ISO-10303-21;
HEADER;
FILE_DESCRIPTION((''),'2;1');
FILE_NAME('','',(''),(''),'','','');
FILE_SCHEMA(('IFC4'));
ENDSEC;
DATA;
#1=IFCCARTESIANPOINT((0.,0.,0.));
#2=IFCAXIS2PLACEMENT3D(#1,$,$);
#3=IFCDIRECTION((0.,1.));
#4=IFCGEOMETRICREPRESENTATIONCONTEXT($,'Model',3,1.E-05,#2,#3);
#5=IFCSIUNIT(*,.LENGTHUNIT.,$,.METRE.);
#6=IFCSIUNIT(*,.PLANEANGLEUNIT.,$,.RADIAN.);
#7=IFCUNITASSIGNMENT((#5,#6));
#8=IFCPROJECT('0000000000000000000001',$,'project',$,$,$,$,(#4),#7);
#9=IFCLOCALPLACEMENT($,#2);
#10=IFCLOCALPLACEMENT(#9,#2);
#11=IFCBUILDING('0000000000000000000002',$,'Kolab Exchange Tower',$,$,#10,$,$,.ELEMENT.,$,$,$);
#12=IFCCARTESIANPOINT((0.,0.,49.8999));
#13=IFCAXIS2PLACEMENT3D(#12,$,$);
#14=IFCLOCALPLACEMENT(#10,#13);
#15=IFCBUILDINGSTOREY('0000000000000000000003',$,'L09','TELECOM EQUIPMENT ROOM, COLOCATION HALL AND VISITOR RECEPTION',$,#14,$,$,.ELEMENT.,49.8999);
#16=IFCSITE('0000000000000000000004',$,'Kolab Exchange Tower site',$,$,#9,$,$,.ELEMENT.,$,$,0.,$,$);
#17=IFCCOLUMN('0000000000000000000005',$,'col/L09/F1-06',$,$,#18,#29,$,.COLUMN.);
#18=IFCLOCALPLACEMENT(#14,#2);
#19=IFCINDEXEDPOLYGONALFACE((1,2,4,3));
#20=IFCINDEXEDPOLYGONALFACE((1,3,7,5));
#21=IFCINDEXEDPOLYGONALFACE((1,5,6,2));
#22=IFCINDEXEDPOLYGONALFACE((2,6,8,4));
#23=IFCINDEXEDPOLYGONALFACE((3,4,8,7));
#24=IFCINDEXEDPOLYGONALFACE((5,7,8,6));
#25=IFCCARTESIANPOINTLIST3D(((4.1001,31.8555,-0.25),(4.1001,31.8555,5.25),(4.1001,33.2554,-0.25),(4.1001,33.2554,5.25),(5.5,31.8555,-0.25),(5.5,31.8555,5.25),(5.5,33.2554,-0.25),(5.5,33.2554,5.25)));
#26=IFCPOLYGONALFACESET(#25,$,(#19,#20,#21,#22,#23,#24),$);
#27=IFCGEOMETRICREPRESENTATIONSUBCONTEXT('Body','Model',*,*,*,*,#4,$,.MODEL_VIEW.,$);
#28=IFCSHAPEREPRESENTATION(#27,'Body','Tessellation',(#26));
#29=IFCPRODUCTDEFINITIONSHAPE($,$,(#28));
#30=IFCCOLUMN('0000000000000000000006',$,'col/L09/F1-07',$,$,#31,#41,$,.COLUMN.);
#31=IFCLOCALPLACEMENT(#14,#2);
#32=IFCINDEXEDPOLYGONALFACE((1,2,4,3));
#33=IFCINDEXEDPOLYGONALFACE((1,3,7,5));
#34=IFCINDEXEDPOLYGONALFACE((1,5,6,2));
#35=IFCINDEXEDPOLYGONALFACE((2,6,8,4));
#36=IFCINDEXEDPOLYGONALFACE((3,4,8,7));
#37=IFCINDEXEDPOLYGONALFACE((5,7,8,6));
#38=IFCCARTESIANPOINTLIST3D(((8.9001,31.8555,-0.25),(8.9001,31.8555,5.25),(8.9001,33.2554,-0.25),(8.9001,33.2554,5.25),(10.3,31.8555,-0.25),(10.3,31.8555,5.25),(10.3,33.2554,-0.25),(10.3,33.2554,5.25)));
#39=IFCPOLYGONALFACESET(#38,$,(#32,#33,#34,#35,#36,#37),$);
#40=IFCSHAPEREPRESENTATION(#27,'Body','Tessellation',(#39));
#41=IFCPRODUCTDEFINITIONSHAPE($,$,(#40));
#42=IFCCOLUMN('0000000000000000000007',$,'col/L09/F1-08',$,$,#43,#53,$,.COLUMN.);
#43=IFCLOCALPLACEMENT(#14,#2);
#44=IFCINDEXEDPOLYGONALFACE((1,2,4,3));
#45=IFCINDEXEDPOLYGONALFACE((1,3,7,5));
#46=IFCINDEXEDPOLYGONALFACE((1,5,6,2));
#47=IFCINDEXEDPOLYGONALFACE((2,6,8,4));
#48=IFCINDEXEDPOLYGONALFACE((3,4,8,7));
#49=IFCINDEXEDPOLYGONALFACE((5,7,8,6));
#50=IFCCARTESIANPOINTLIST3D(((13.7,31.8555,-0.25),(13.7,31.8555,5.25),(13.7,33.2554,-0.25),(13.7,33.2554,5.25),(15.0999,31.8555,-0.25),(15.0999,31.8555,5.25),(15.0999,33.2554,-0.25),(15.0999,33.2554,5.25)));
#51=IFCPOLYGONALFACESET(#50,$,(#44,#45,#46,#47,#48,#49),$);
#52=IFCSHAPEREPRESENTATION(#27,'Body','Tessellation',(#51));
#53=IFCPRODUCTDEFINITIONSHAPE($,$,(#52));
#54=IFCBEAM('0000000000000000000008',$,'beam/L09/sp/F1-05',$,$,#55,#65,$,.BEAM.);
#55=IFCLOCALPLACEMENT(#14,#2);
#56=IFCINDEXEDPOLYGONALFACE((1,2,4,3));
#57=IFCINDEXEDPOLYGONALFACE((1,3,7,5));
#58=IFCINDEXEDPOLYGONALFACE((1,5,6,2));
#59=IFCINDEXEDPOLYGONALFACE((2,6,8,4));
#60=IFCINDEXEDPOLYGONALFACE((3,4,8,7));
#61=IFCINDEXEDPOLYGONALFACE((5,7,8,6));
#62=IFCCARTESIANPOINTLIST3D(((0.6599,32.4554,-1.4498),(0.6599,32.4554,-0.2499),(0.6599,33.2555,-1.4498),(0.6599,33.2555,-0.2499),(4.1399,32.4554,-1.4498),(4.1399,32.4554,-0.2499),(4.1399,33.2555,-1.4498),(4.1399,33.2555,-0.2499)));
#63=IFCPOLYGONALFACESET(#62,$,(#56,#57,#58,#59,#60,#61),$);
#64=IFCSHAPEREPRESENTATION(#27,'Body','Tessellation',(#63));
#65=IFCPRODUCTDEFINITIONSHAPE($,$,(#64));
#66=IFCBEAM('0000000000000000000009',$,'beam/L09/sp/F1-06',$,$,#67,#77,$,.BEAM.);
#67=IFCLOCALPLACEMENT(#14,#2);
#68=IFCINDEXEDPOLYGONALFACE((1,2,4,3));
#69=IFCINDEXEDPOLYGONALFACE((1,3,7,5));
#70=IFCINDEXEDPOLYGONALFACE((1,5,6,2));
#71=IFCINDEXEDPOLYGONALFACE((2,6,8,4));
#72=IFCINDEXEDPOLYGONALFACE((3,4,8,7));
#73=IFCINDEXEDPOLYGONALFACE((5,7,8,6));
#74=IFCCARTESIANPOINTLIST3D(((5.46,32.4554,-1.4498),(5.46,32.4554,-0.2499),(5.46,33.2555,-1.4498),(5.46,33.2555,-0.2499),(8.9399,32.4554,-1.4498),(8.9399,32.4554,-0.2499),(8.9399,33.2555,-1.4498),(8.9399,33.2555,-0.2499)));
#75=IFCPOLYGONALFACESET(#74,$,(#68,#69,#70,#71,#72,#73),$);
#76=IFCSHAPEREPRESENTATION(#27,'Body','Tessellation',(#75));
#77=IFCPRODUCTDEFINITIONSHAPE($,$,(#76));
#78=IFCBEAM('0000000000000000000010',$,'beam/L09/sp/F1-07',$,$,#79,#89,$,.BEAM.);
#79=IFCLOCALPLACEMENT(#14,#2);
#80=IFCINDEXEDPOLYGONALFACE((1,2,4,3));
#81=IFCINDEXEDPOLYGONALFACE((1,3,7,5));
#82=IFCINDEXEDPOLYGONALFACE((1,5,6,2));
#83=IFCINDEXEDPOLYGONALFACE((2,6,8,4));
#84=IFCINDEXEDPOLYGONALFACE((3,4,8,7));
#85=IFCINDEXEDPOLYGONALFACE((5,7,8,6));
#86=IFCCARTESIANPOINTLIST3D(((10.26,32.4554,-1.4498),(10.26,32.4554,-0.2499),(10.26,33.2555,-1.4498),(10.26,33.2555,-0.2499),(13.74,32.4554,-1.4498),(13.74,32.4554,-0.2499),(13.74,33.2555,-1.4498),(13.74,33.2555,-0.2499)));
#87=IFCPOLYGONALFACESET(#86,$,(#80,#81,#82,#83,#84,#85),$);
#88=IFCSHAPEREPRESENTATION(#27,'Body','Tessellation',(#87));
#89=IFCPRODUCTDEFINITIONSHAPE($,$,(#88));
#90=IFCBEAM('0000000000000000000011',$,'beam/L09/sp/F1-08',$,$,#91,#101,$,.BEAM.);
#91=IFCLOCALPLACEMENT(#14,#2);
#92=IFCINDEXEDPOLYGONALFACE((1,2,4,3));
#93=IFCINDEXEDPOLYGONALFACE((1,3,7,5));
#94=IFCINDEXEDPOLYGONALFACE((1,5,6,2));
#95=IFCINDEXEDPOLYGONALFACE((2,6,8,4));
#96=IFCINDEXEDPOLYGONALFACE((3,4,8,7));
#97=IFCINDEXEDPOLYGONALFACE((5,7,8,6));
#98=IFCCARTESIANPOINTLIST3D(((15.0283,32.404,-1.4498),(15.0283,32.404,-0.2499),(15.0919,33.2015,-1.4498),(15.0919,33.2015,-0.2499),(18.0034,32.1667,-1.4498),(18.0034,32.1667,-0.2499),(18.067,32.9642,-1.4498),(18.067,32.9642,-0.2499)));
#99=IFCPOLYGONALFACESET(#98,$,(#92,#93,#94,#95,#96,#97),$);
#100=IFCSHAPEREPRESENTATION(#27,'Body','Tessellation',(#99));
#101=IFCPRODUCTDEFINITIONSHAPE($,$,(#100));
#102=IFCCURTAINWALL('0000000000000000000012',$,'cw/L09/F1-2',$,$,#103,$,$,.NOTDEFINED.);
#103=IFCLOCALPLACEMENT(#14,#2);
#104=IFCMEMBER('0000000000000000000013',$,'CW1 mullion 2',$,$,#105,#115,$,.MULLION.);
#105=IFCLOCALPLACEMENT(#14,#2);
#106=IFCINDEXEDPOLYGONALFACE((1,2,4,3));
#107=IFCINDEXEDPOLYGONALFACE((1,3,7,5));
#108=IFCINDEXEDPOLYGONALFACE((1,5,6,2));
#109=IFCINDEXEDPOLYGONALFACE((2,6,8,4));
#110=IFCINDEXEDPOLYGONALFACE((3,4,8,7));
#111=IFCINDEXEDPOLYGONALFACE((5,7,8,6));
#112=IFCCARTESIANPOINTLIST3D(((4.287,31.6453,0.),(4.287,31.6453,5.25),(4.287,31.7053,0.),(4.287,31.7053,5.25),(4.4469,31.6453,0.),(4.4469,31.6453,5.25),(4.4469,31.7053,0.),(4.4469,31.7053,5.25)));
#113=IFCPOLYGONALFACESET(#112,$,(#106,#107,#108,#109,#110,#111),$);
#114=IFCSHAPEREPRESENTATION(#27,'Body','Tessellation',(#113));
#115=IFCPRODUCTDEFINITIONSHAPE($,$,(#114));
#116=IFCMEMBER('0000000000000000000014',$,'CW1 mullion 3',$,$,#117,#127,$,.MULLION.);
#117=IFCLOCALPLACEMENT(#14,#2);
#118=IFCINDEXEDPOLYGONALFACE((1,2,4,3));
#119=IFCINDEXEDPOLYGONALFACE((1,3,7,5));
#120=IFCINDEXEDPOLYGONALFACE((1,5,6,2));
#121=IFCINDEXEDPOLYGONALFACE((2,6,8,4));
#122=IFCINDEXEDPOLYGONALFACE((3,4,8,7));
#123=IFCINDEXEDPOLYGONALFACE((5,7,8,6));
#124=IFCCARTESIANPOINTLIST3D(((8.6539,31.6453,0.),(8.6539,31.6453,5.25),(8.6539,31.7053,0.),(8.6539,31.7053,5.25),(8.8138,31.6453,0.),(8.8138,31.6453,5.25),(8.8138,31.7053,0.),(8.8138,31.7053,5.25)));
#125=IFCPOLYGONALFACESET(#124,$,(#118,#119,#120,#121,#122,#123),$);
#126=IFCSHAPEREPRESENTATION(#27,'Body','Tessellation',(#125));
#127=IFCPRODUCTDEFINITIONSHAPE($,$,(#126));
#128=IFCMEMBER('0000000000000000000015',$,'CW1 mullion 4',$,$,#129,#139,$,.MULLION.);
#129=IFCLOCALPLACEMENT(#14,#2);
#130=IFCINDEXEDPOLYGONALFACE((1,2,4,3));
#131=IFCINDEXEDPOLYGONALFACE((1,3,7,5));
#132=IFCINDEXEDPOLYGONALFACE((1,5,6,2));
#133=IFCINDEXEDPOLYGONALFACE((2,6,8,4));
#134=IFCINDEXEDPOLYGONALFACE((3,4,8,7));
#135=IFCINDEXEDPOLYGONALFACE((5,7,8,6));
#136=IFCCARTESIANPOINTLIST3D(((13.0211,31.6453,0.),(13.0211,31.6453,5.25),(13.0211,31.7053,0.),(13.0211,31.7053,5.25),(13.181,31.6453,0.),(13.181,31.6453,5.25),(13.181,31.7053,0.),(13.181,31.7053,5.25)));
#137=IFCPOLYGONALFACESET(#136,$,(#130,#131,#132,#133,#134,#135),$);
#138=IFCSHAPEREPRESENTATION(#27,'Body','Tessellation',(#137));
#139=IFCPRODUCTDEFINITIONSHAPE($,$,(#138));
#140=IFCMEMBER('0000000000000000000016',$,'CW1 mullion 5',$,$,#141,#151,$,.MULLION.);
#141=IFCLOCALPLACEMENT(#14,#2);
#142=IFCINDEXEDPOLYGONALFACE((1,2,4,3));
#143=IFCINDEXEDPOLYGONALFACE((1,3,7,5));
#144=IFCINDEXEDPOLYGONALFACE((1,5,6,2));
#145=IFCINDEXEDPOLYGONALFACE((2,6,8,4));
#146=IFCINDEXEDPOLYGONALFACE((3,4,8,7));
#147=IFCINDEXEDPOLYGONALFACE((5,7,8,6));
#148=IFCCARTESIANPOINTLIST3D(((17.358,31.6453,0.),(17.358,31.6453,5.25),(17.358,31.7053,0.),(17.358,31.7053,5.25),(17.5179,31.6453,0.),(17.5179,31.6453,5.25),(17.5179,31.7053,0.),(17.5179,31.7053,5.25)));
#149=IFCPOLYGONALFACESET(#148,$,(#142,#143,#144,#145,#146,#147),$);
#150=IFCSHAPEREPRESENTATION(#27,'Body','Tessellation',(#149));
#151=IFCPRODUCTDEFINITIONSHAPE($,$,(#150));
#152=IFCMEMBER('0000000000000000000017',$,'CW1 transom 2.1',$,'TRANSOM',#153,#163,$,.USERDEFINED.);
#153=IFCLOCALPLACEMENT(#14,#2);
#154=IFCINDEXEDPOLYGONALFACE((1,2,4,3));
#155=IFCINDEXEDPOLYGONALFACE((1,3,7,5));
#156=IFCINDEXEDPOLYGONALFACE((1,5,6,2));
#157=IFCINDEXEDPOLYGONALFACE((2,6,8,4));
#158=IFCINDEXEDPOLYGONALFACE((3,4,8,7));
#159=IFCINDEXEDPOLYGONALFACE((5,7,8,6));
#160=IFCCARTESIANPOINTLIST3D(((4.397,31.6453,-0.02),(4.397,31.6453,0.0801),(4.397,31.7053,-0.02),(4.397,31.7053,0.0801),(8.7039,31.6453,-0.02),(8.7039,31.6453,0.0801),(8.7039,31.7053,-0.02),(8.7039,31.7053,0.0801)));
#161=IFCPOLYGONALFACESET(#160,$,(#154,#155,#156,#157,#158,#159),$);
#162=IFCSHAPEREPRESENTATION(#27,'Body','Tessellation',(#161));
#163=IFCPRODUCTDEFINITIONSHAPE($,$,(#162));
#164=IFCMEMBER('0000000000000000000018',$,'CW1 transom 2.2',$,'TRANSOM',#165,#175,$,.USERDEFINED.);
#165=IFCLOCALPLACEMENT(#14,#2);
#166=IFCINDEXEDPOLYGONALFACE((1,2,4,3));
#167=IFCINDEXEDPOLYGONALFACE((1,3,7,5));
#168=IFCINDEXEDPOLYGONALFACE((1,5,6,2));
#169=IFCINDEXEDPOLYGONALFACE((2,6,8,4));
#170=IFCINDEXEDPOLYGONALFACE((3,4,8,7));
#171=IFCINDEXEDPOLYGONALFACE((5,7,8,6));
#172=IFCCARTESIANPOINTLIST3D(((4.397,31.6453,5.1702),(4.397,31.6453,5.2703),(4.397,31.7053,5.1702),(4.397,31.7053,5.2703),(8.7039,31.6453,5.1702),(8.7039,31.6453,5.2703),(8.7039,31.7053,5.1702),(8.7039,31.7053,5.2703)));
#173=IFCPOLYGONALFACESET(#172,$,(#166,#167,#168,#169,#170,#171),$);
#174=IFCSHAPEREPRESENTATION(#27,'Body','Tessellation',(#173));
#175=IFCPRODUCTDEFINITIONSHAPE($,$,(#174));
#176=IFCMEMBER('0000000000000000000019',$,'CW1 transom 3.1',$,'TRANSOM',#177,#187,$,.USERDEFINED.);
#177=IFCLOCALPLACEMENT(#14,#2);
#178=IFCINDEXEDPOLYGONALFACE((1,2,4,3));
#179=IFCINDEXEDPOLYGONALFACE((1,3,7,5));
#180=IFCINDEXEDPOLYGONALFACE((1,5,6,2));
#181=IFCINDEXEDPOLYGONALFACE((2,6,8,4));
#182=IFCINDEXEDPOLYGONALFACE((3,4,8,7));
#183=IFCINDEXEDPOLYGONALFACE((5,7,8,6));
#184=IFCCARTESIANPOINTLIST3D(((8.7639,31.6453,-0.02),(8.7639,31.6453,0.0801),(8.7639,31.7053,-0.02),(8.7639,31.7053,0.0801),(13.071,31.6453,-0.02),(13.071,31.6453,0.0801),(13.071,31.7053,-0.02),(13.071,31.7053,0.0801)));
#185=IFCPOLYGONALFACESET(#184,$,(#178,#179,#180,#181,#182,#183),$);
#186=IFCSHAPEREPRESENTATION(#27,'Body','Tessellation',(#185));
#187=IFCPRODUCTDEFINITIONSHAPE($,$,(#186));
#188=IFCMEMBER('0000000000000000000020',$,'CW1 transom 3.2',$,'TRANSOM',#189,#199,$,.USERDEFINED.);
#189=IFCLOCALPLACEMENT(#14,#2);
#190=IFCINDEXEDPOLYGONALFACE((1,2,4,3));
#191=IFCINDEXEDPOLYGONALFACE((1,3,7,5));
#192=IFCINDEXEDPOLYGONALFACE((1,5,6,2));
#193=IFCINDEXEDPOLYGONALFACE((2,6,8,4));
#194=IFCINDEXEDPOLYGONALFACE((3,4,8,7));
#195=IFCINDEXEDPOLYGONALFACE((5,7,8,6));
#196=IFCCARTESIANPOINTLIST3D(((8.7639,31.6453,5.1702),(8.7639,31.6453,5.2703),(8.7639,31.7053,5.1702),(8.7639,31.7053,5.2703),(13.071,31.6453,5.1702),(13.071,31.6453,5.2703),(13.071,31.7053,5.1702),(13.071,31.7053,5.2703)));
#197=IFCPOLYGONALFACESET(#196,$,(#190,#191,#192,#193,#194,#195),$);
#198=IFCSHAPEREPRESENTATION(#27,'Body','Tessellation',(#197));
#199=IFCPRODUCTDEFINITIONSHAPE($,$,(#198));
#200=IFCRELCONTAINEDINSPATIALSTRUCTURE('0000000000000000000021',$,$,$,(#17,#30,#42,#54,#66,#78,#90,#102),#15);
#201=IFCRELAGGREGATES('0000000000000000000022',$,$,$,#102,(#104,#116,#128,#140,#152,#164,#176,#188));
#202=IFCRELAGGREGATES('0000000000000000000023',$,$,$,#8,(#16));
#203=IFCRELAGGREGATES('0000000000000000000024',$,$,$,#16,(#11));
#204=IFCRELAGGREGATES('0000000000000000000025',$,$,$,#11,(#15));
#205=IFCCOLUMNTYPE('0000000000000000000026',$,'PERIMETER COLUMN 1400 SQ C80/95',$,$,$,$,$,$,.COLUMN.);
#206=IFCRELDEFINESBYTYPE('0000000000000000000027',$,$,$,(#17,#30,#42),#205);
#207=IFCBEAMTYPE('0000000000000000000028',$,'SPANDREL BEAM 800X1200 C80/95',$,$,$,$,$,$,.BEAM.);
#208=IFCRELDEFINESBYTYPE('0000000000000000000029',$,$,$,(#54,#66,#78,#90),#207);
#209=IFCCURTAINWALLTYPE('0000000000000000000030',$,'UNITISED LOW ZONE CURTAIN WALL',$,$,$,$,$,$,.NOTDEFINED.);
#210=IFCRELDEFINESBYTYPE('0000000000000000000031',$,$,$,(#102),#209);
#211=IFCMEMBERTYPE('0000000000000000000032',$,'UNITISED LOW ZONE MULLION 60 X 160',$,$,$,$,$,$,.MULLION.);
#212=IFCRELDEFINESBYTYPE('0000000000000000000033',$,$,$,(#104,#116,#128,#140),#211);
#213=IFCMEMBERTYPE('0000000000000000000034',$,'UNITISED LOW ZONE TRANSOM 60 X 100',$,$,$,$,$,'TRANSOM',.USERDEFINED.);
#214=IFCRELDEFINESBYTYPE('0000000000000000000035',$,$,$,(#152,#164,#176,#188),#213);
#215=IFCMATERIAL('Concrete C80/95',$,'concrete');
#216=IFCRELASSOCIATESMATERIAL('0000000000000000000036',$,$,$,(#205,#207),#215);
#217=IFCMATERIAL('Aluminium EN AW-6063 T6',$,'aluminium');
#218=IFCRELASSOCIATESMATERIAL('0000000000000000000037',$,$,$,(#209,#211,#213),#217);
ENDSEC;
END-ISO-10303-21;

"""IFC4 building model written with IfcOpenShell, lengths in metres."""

from ifc_helpers import new_model, si_unit, direction, frame, origin, origin_2d, place, context, subcontext, project, spatial, rectangle, extrude, material, material_profile, profile_set, type_object, element, aggregate, save


model = new_model("IFC4")

# Units and contexts
model_context = context("Model", 3, precision=1e-05, world=origin(), true_north=direction((0.0, 1.0)))
body_context = subcontext(model_context, "Body", "Model", "MODEL_VIEW")
ifc_project = project(units=[si_unit("LENGTHUNIT", "METRE"), si_unit("PLANEANGLEUNIT", "RADIAN")], contexts=[model_context])

# Site, building, storey
site_placement = place(None, origin())
site = spatial("IfcSite", under=ifc_project, at=site_placement, Name="Kolab Exchange Tower site", CompositionType="ELEMENT", RefElevation=0.0)
building_placement = place(site_placement, origin())
building = spatial("IfcBuilding", under=site, at=building_placement, Name="Kolab Exchange Tower", CompositionType="ELEMENT")
storey_placement = place(building_placement, frame((0.0, 0.0, 49.8999)))
storey = spatial("IfcBuildingStorey", under=building, at=storey_placement, Name="L09", Description="TELECOM EQUIPMENT ROOM, COLOCATION HALL AND VISITOR RECEPTION", CompositionType="ELEMENT", Elevation=49.8999)

# Columns
ifc_material_1 = material(Name="Concrete C80/95", Category="concrete")
ifc_material_profile_1 = material_profile(ifc_material_1, rectangle(XDim=1.3999, YDim=1.3999, at=origin_2d()), Name="RC1400")
ifc_profile_set_1 = profile_set([ifc_material_profile_1], Name="Concrete C80/95")
column_type = type_object("IfcColumnType", Name="PERIMETER COLUMN 1400 SQ C80/95", PredefinedType="COLUMN", material=ifc_profile_set_1)
for number, where, z_axis, x_axis, name in (
    (1, (4.8, 32.5554, -0.25), (0.0, 0.0, 1.0), (1.0, 0.0, 0.0), "col/L09/F1-06"),
    (2, (9.6001, 32.5554, -0.25), (0.0, 0.0, 1.0), (1.0, 0.0, 0.0), "col/L09/F1-07"),
    (3, (14.3999, 32.5554, -0.25), (0.0, 0.0, 1.0), (1.0, 0.0, 0.0), "col/L09/F1-08"),
):
    element("IfcColumn", number, at=place(storey_placement, frame(where, z_axis=z_axis, x_axis=x_axis)), inside=storey, type_object=column_type, Name=name, PredefinedType="COLUMN", context=body_context, shape_type="SweptSolid", body=[
        extrude(rectangle(XDim=1.3999, YDim=1.3999, at=origin_2d()), origin(), (0.0, 0.0, 1.0), 5.5),
    ])

# Beams
ifc_material_profile_2 = material_profile(ifc_material_1, rectangle(XDim=0.8, YDim=1.2, at=origin_2d()), Name="RC800X1200")
ifc_profile_set_2 = profile_set([ifc_material_profile_2], Name="Concrete C80/95")
beam_type = type_object("IfcBeamType", Name="SPANDREL BEAM 800X1200 C80/95", PredefinedType="BEAM", material=ifc_profile_set_2)
for number, where, z_axis, x_axis, name in (
    (4, (0.6599, 32.8555, -0.8499), (1.0, 0.0, 0.0), (0.0, 1.0, 0.0), "beam/L09/sp/F1-05"),
    (5, (5.46, 32.8555, -0.8499), (1.0, 0.0, 0.0), (0.0, 1.0, 0.0), "beam/L09/sp/F1-06"),
    (6, (10.26, 32.8555, -0.8499), (1.0, 0.0, 0.0), (0.0, 1.0, 0.0), "beam/L09/sp/F1-07"),
):
    element("IfcBeam", number, at=place(storey_placement, frame(where, z_axis=z_axis, x_axis=x_axis)), inside=storey, type_object=beam_type, Name=name, PredefinedType="BEAM", context=body_context, shape_type="SweptSolid", body=[
        extrude(rectangle(XDim=0.8, YDim=1.2, at=origin_2d()), origin(), (0.0, 0.0, 1.0), 3.48),
    ])
beam_placement = place(storey_placement, frame((15.0601, 32.8027, -0.8499), z_axis=(0.996834, -0.079511, 0.0), x_axis=(0.079511, 0.996834, 0.0)))
element("IfcBeam", 7, at=beam_placement, inside=storey, type_object=beam_type, Name="beam/L09/sp/F1-08", PredefinedType="BEAM", context=body_context, shape_type="SweptSolid", body=[
    extrude(rectangle(XDim=0.8, YDim=1.2, at=origin_2d()), origin(), (0.0, 0.0, 1.0), 2.9846),
])

# Curtain wall, members
ifc_material_2 = material(Name="Aluminium EN AW-6063 T6", Category="aluminium")
curtain_wall_type = type_object("IfcCurtainWallType", Name="UNITISED LOW ZONE CURTAIN WALL", PredefinedType="NOTDEFINED", material=ifc_material_2)
curtain_wall_placement = place(storey_placement, origin())
curtain_wall = element("IfcCurtainWall", 8, at=curtain_wall_placement, inside=storey, type_object=curtain_wall_type, Name="cw/L09/F1-2", PredefinedType="NOTDEFINED")
ifc_material_profile_3 = material_profile(ifc_material_2, rectangle(XDim=0.0601, YDim=0.1599, at=origin_2d()), Name="RECT 60X160")
ifc_profile_set_3 = profile_set([ifc_material_profile_3], Name="Aluminium EN AW-6063 T6")
member_type_1 = type_object("IfcMemberType", Name="UNITISED LOW ZONE MULLION 60 X 160", PredefinedType="MULLION", material=ifc_profile_set_3)
member_1_placement = place(storey_placement, frame((4.3669, 31.6753, 0.0), z_axis=(0.0, 0.0, 1.0), x_axis=(0.0, 1.0, 0.0)))
member_1 = element("IfcMember", 9, at=member_1_placement, type_object=member_type_1, Name="CW1 mullion 2", PredefinedType="MULLION", context=body_context, shape_type="SweptSolid", body=[
    extrude(rectangle(XDim=0.0601, YDim=0.1599, at=origin_2d()), origin(), (0.0, 0.0, 1.0), 5.25),
])
member_2_placement = place(storey_placement, frame((8.7339, 31.6753, 0.0), z_axis=(0.0, 0.0, 1.0), x_axis=(0.0, 1.0, 0.0)))
member_2 = element("IfcMember", 10, at=member_2_placement, type_object=member_type_1, Name="CW1 mullion 3", PredefinedType="MULLION", context=body_context, shape_type="SweptSolid", body=[
    extrude(rectangle(XDim=0.0601, YDim=0.1599, at=origin_2d()), origin(), (0.0, 0.0, 1.0), 5.25),
])
member_3_placement = place(storey_placement, frame((13.1011, 31.6753, 0.0), z_axis=(0.0, 0.0, 1.0), x_axis=(0.0, 1.0, 0.0)))
member_3 = element("IfcMember", 11, at=member_3_placement, type_object=member_type_1, Name="CW1 mullion 4", PredefinedType="MULLION", context=body_context, shape_type="SweptSolid", body=[
    extrude(rectangle(XDim=0.0601, YDim=0.1599, at=origin_2d()), origin(), (0.0, 0.0, 1.0), 5.25),
])
member_4_placement = place(storey_placement, frame((17.438, 31.6753, 0.0), z_axis=(0.0, 0.0, 1.0), x_axis=(0.0, 1.0, 0.0)))
member_4 = element("IfcMember", 12, at=member_4_placement, type_object=member_type_1, Name="CW1 mullion 5", PredefinedType="MULLION", context=body_context, shape_type="SweptSolid", body=[
    extrude(rectangle(XDim=0.0601, YDim=0.1599, at=origin_2d()), origin(), (0.0, 0.0, 1.0), 5.25),
])
ifc_material_profile_4 = material_profile(ifc_material_2, rectangle(XDim=0.0601, YDim=0.1001, at=origin_2d()), Name="RECT 60X100")
ifc_profile_set_4 = profile_set([ifc_material_profile_4], Name="Aluminium EN AW-6063 T6")
member_type_2 = type_object("IfcMemberType", Name="UNITISED LOW ZONE TRANSOM 60 X 100", ElementType="TRANSOM", PredefinedType="USERDEFINED", material=ifc_profile_set_4)
member_5_placement = place(storey_placement, frame((4.397, 31.6753, 0.03), z_axis=(1.0, 0.0, 0.0), x_axis=(0.0, 1.0, 0.0)))
member_5 = element("IfcMember", 13, at=member_5_placement, type_object=member_type_2, Name="CW1 transom 2.1", ObjectType="TRANSOM", PredefinedType="USERDEFINED", context=body_context, shape_type="SweptSolid", body=[
    extrude(rectangle(XDim=0.0601, YDim=0.1001, at=origin_2d()), origin(), (0.0, 0.0, 1.0), 4.3069),
])
member_6_placement = place(storey_placement, frame((4.397, 31.6753, 5.2202), z_axis=(1.0, 0.0, 0.0), x_axis=(0.0, 1.0, 0.0)))
member_6 = element("IfcMember", 14, at=member_6_placement, type_object=member_type_2, Name="CW1 transom 2.2", ObjectType="TRANSOM", PredefinedType="USERDEFINED", context=body_context, shape_type="SweptSolid", body=[
    extrude(rectangle(XDim=0.0601, YDim=0.1001, at=origin_2d()), origin(), (0.0, 0.0, 1.0), 4.3069),
])
member_7_placement = place(storey_placement, frame((8.7639, 31.6753, 0.03), z_axis=(1.0, 0.0, 0.0), x_axis=(0.0, 1.0, 0.0)))
member_7 = element("IfcMember", 15, at=member_7_placement, type_object=member_type_2, Name="CW1 transom 3.1", ObjectType="TRANSOM", PredefinedType="USERDEFINED", context=body_context, shape_type="SweptSolid", body=[
    extrude(rectangle(XDim=0.0601, YDim=0.1001, at=origin_2d()), origin(), (0.0, 0.0, 1.0), 4.3071),
])
member_8_placement = place(storey_placement, frame((8.7639, 31.6753, 5.2202), z_axis=(1.0, 0.0, 0.0), x_axis=(0.0, 1.0, 0.0)))
member_8 = element("IfcMember", 16, at=member_8_placement, type_object=member_type_2, Name="CW1 transom 3.2", ObjectType="TRANSOM", PredefinedType="USERDEFINED", context=body_context, shape_type="SweptSolid", body=[
    extrude(rectangle(XDim=0.0601, YDim=0.1001, at=origin_2d()), origin(), (0.0, 0.0, 1.0), 4.3071),
])
aggregate(curtain_wall, [member_1, member_2, member_3, member_4, member_5, member_6, member_7, member_8])

save(model, "model.ifc")
